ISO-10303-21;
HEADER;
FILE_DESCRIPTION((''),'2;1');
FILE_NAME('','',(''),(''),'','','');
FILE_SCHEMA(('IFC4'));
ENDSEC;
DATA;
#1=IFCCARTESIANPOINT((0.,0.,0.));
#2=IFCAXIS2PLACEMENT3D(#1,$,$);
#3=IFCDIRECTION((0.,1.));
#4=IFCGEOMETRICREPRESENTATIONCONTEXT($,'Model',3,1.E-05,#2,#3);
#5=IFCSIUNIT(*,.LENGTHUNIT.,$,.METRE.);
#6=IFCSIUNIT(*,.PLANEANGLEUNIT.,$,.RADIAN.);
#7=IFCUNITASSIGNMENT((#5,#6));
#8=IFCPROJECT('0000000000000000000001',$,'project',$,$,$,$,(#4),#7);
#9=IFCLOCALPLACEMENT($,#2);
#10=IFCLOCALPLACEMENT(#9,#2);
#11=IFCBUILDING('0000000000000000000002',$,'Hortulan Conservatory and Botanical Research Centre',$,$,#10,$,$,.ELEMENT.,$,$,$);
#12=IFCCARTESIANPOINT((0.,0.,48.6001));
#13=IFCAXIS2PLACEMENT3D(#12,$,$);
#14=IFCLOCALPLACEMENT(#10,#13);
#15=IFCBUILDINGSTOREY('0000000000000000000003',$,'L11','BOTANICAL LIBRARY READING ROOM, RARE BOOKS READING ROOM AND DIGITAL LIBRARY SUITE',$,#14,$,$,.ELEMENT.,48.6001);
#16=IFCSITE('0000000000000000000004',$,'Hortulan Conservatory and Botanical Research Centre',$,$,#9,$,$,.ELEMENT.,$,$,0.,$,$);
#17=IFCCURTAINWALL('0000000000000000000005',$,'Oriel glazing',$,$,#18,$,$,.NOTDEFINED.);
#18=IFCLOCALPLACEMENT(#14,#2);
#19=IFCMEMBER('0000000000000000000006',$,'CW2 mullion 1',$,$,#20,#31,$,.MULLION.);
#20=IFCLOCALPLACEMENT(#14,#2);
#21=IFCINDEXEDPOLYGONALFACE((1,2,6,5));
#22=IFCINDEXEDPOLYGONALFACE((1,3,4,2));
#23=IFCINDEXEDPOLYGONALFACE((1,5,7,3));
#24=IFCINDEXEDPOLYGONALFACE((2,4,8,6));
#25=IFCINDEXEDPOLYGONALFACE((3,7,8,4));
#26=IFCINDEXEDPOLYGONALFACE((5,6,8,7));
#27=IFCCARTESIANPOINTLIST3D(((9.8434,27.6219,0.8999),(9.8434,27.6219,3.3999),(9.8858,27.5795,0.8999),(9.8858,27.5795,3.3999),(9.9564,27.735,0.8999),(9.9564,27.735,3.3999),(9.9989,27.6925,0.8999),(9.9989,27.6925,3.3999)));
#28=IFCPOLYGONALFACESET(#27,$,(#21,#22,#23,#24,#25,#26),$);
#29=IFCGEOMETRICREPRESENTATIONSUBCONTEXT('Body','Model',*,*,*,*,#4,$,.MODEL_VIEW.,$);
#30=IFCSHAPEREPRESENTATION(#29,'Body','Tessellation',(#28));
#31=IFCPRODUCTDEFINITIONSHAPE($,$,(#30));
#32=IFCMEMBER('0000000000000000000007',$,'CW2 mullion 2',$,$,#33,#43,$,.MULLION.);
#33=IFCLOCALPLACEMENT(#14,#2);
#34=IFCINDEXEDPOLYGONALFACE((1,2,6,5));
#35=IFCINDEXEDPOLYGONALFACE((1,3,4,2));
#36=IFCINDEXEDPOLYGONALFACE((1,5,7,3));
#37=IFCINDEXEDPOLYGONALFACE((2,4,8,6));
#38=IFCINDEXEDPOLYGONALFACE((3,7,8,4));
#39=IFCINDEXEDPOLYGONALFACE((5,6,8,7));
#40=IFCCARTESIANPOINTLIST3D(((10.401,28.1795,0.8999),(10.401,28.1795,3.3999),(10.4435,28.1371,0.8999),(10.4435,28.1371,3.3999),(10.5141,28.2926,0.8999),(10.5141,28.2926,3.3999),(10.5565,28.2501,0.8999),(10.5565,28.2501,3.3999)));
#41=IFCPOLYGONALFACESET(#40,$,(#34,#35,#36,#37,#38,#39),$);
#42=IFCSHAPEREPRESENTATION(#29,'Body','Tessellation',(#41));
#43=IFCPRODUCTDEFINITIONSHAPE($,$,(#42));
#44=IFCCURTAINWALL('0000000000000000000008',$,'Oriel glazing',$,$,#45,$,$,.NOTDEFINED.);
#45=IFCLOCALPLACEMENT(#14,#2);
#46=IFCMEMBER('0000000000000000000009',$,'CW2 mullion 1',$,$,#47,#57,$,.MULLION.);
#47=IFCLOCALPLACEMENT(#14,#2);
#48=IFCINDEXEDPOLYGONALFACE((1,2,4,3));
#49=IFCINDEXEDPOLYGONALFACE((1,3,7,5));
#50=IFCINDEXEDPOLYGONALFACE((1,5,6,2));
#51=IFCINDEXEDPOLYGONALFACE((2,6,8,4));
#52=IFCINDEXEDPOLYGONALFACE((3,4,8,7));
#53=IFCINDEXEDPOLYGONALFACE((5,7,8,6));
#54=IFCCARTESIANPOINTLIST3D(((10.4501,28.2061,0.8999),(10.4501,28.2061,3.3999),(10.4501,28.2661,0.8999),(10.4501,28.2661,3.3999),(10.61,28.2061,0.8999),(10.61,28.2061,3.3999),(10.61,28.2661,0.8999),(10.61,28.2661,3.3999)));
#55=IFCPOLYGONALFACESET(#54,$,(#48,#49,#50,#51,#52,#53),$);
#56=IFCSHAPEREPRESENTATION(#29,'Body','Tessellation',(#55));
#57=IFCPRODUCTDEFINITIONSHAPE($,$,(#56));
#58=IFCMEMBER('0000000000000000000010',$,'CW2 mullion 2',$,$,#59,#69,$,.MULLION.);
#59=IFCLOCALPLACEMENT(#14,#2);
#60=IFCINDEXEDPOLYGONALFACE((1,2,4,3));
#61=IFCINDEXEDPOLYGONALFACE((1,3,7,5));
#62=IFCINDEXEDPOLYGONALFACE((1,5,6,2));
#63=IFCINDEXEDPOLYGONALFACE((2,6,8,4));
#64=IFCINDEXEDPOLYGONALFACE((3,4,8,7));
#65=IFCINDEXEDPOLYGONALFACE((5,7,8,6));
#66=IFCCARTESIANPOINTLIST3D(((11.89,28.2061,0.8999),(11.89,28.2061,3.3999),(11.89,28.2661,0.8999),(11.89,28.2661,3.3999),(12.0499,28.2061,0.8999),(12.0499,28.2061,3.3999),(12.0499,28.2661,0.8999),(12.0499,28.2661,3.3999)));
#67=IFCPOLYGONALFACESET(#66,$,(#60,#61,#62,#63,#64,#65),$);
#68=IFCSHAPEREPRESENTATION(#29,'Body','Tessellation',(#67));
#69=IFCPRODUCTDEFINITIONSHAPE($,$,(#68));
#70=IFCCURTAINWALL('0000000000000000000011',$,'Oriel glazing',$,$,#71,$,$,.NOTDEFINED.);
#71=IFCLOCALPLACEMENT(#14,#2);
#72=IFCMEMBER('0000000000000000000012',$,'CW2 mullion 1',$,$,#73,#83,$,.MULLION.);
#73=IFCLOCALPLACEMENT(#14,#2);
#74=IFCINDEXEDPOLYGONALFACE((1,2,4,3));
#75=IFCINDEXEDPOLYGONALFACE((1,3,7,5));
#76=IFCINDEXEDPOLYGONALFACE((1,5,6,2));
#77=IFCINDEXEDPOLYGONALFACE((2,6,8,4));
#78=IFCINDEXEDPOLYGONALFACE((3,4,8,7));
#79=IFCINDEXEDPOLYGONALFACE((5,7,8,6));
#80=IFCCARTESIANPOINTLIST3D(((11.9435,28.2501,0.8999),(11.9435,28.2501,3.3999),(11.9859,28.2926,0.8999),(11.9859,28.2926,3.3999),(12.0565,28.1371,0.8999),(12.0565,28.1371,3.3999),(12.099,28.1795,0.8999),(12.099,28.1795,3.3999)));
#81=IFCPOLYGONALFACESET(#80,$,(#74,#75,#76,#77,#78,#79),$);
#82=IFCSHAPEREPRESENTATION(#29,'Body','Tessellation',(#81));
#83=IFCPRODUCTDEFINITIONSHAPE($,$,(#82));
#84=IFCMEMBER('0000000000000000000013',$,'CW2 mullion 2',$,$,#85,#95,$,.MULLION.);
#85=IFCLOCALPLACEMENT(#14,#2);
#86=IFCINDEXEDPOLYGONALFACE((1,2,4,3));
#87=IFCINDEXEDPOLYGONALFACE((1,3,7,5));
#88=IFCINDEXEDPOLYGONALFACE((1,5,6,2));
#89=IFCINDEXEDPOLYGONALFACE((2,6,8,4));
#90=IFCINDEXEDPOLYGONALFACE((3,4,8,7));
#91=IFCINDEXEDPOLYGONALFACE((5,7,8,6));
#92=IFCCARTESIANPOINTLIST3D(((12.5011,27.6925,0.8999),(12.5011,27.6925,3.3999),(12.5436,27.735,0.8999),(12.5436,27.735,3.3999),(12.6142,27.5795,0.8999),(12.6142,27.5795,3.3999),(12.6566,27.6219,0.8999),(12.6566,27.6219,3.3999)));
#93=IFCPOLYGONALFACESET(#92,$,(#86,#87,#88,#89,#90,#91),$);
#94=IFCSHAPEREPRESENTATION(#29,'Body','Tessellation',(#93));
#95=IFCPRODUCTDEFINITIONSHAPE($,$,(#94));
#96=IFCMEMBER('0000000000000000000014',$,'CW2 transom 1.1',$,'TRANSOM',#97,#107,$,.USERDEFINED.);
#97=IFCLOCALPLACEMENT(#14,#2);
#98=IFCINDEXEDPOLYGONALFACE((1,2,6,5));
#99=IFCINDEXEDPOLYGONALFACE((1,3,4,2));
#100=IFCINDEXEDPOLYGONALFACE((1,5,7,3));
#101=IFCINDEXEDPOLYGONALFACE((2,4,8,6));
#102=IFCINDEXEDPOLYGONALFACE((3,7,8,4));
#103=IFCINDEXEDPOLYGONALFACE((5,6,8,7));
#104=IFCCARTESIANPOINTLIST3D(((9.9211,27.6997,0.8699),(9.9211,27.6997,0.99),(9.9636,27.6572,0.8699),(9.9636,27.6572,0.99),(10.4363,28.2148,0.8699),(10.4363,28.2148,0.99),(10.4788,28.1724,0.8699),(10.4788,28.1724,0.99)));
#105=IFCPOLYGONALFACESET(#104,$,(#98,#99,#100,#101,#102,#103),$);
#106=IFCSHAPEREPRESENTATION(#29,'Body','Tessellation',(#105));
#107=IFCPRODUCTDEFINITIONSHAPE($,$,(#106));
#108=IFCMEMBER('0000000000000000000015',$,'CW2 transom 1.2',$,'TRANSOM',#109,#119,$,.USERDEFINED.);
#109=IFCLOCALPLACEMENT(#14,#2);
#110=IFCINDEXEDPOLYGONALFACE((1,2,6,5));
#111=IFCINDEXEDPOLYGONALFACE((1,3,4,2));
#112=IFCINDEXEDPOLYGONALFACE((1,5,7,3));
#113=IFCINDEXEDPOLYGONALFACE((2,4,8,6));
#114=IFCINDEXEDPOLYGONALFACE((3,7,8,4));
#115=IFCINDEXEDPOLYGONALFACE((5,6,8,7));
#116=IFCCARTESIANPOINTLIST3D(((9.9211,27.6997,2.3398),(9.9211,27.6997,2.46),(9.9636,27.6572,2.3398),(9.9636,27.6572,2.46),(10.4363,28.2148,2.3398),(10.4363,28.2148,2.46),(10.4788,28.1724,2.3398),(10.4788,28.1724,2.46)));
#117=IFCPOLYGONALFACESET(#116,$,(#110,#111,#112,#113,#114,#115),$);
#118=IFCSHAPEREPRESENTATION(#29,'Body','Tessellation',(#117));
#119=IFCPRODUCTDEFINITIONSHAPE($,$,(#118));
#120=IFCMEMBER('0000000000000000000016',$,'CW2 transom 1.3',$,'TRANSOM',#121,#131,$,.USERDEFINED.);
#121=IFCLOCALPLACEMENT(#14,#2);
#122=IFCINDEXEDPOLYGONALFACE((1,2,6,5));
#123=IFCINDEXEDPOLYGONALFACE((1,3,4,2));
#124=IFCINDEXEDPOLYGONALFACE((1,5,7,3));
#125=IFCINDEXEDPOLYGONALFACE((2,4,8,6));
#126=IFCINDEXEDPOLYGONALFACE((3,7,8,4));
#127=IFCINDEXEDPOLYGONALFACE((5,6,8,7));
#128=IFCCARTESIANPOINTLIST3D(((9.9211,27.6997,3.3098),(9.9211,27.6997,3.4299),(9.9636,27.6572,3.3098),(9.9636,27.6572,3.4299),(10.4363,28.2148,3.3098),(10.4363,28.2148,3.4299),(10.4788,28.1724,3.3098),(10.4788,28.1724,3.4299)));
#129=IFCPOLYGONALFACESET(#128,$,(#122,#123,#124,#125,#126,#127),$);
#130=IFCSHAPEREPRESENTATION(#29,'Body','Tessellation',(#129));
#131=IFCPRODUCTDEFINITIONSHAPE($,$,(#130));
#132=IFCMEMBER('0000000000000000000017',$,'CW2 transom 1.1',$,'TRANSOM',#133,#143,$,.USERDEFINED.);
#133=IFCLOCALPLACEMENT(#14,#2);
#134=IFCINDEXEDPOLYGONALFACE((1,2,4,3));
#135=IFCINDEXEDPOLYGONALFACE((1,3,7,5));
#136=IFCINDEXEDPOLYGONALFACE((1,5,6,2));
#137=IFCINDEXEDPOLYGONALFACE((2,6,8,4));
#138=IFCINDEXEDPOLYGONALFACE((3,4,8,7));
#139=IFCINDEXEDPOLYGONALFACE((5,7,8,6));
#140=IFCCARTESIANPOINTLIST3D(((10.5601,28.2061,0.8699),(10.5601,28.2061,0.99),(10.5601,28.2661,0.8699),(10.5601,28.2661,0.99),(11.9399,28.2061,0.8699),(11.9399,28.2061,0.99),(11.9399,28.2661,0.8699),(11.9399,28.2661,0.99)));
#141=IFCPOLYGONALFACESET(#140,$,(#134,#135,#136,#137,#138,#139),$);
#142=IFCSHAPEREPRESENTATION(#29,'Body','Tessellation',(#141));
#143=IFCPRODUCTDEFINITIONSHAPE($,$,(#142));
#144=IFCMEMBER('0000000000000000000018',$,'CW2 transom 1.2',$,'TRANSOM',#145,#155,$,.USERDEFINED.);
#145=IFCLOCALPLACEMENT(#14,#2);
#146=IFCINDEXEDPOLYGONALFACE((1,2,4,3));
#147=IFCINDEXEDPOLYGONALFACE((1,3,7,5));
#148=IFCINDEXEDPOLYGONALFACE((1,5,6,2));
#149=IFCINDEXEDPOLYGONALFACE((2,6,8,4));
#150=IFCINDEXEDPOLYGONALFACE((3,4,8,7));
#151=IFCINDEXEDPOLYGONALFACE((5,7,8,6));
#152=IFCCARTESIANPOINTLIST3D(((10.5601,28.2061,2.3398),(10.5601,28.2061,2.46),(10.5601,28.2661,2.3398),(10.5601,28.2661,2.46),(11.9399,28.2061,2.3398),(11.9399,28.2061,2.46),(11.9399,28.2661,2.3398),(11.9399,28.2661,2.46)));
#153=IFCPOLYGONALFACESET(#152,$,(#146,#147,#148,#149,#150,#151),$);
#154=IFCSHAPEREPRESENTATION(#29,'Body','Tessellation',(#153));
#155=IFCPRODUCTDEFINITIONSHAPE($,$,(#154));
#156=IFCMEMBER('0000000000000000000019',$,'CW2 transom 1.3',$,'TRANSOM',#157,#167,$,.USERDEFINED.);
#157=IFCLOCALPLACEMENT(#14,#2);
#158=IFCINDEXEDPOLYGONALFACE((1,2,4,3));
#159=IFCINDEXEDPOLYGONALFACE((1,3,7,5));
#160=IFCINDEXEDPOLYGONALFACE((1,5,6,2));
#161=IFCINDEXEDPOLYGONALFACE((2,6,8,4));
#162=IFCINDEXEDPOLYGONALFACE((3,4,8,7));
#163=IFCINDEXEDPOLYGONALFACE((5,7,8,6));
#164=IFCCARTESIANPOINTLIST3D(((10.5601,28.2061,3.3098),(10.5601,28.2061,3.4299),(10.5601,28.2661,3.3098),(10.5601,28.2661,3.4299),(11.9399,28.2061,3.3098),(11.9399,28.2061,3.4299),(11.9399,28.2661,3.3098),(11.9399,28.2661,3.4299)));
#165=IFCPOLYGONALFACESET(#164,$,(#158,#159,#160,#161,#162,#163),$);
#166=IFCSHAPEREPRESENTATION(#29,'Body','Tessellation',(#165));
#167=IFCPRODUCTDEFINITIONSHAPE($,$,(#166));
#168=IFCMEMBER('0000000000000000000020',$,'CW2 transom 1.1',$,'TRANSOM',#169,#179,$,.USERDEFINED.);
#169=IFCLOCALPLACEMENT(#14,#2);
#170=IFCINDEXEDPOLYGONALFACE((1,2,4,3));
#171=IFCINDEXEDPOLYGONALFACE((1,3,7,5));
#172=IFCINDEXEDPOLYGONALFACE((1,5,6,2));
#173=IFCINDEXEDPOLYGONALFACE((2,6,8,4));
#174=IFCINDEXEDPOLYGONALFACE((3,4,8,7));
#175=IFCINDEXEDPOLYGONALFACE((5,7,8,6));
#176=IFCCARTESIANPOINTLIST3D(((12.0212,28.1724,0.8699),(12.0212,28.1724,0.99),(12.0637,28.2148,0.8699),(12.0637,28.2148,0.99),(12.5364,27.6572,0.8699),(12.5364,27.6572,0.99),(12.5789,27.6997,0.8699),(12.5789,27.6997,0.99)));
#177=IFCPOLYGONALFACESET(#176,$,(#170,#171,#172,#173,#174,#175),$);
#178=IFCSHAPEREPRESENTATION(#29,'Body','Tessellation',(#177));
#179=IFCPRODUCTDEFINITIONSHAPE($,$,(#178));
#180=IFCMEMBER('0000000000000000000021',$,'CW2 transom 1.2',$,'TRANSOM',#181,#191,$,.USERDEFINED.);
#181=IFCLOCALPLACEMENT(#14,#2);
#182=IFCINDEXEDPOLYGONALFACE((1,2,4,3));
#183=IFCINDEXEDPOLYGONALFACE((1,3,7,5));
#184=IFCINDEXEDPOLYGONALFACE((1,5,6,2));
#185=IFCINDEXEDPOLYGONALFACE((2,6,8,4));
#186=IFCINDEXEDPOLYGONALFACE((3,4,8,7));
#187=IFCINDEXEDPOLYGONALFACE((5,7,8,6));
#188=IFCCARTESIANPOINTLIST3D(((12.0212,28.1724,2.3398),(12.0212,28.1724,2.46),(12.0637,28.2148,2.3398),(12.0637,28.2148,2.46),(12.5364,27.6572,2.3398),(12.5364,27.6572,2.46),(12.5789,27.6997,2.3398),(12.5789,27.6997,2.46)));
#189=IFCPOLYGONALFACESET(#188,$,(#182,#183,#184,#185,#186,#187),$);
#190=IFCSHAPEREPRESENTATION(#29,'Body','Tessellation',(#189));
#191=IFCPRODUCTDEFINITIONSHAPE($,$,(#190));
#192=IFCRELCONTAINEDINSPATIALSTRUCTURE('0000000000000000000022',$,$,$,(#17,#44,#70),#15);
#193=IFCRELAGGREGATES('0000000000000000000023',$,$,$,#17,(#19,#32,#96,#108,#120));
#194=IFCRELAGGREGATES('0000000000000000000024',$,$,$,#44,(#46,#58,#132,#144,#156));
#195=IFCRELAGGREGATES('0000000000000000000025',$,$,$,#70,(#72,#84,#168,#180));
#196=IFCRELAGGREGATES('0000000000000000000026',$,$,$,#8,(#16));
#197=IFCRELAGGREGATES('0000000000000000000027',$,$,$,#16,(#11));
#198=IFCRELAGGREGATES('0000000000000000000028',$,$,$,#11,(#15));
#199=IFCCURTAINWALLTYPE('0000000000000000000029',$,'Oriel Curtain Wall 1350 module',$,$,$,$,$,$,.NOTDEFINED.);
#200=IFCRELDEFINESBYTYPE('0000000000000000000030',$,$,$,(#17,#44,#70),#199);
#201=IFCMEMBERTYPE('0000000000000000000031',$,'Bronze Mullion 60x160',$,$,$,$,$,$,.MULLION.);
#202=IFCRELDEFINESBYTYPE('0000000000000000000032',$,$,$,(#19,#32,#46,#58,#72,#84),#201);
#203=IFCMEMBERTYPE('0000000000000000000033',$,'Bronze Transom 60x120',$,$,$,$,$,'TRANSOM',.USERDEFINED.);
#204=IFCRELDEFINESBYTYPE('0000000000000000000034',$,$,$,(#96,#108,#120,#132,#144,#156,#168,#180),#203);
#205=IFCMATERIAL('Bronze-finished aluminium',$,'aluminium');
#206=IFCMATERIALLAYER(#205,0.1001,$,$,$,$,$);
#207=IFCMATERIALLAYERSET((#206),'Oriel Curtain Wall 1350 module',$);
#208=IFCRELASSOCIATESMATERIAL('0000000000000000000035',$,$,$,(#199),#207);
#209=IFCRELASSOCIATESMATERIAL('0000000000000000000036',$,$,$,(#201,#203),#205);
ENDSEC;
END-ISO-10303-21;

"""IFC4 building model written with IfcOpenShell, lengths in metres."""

from ifc_helpers import new_model, si_unit, direction, frame, origin, origin_2d, place, context, subcontext, project, spatial, rectangle, extrude, material, layer, layer_set, material_profile, profile_set, type_object, element, aggregate, save


model = new_model("IFC4")

# Units and contexts
model_context = context("Model", 3, precision=1e-05, world=origin(), true_north=direction((0.0, 1.0)))
body_context = subcontext(model_context, "Body", "Model", "MODEL_VIEW")
ifc_project = project(units=[si_unit("LENGTHUNIT", "METRE"), si_unit("PLANEANGLEUNIT", "RADIAN")], contexts=[model_context])

# Site, building, storey
site_placement = place(None, origin())
site = spatial("IfcSite", under=ifc_project, at=site_placement, Name="Hortulan Conservatory and Botanical Research Centre", CompositionType="ELEMENT", RefElevation=0.0)
building_placement = place(site_placement, origin())
building = spatial("IfcBuilding", under=site, at=building_placement, Name="Hortulan Conservatory and Botanical Research Centre", CompositionType="ELEMENT")
storey_placement = place(building_placement, frame((0.0, 0.0, 48.6001)))
storey = spatial("IfcBuildingStorey", under=building, at=storey_placement, Name="L11", Description="BOTANICAL LIBRARY READING ROOM, RARE BOOKS READING ROOM AND DIGITAL LIBRARY SUITE", CompositionType="ELEMENT", Elevation=48.6001)

# Curtain walls, members
ifc_material_1 = material(Name="Bronze-finished aluminium", Category="aluminium")
ifc_layer_1 = layer(ifc_material_1, 0.1001)
ifc_layer_set_1 = layer_set([ifc_layer_1], Name="Oriel Curtain Wall 1350 module")
curtain_wall_type = type_object("IfcCurtainWallType", Name="Oriel Curtain Wall 1350 module", PredefinedType="NOTDEFINED", material=ifc_layer_set_1)
curtain_wall_1_placement = place(storey_placement, origin())
curtain_wall_1 = element("IfcCurtainWall", 1, at=curtain_wall_1_placement, inside=storey, type_object=curtain_wall_type, Name="Oriel glazing", PredefinedType="NOTDEFINED")
ifc_material_profile_1 = material_profile(ifc_material_1, rectangle(XDim=0.0601, YDim=0.1599, at=origin_2d()), Name="Bronze Mullion 60x160")
ifc_profile_set_1 = profile_set([ifc_material_profile_1], Name="Bronze-finished aluminium")
member_type_1 = type_object("IfcMemberType", Name="Bronze Mullion 60x160", PredefinedType="MULLION", material=ifc_profile_set_1)
member_1_placement = place(storey_placement, frame((9.9211, 27.6572, 0.8999), z_axis=(0.0, 0.0, 1.0), x_axis=(-0.707107, 0.707107, 0.0)))
member_1 = element("IfcMember", 2, at=member_1_placement, type_object=member_type_1, Name="CW2 mullion 1", PredefinedType="MULLION", context=body_context, shape_type="SweptSolid", body=[
    extrude(rectangle(XDim=0.0601, YDim=0.1599, at=origin_2d()), origin(), (0.0, 0.0, 1.0), 2.5),
])
member_2_placement = place(storey_placement, frame((10.4788, 28.2148, 0.8999), z_axis=(0.0, 0.0, 1.0), x_axis=(-0.707107, 0.707107, 0.0)))
member_2 = element("IfcMember", 3, at=member_2_placement, type_object=member_type_1, Name="CW2 mullion 2", PredefinedType="MULLION", context=body_context, shape_type="SweptSolid", body=[
    extrude(rectangle(XDim=0.0601, YDim=0.1599, at=origin_2d()), origin(), (0.0, 0.0, 1.0), 2.5),
])
curtain_wall_2_placement = place(storey_placement, origin())
curtain_wall_2 = element("IfcCurtainWall", 4, at=curtain_wall_2_placement, inside=storey, type_object=curtain_wall_type, Name="Oriel glazing", PredefinedType="NOTDEFINED")
member_3_placement = place(storey_placement, frame((10.53, 28.2361, 0.8999), z_axis=(0.0, 0.0, 1.0), x_axis=(0.0, 1.0, 0.0)))
member_3 = element("IfcMember", 5, at=member_3_placement, type_object=member_type_1, Name="CW2 mullion 1", PredefinedType="MULLION", context=body_context, shape_type="SweptSolid", body=[
    extrude(rectangle(XDim=0.0601, YDim=0.1599, at=origin_2d()), origin(), (0.0, 0.0, 1.0), 2.5),
])
member_4_placement = place(storey_placement, frame((11.97, 28.2361, 0.8999), z_axis=(0.0, 0.0, 1.0), x_axis=(0.0, 1.0, 0.0)))
member_4 = element("IfcMember", 6, at=member_4_placement, type_object=member_type_1, Name="CW2 mullion 2", PredefinedType="MULLION", context=body_context, shape_type="SweptSolid", body=[
    extrude(rectangle(XDim=0.0601, YDim=0.1599, at=origin_2d()), origin(), (0.0, 0.0, 1.0), 2.5),
])
curtain_wall_3_placement = place(storey_placement, origin())
curtain_wall_3 = element("IfcCurtainWall", 7, at=curtain_wall_3_placement, inside=storey, type_object=curtain_wall_type, Name="Oriel glazing", PredefinedType="NOTDEFINED")
member_5_placement = place(storey_placement, frame((12.0212, 28.2148, 0.8999), z_axis=(0.0, 0.0, 1.0), x_axis=(0.707107, 0.707107, 0.0)))
member_5 = element("IfcMember", 8, at=member_5_placement, type_object=member_type_1, Name="CW2 mullion 1", PredefinedType="MULLION", context=body_context, shape_type="SweptSolid", body=[
    extrude(rectangle(XDim=0.0601, YDim=0.1599, at=origin_2d()), origin(), (0.0, 0.0, 1.0), 2.5),
])
member_6_placement = place(storey_placement, frame((12.5789, 27.6572, 0.8999), z_axis=(0.0, 0.0, 1.0), x_axis=(0.707107, 0.707107, 0.0)))
member_6 = element("IfcMember", 9, at=member_6_placement, type_object=member_type_1, Name="CW2 mullion 2", PredefinedType="MULLION", context=body_context, shape_type="SweptSolid", body=[
    extrude(rectangle(XDim=0.0601, YDim=0.1599, at=origin_2d()), origin(), (0.0, 0.0, 1.0), 2.5),
])

# Members
ifc_material_profile_2 = material_profile(ifc_material_1, rectangle(XDim=0.0601, YDim=0.1201, at=origin_2d()), Name="Bronze Transom 60x120")
ifc_profile_set_2 = profile_set([ifc_material_profile_2], Name="Bronze-finished aluminium")
member_type_2 = type_object("IfcMemberType", Name="Bronze Transom 60x120", ElementType="TRANSOM", PredefinedType="USERDEFINED", material=ifc_profile_set_2)
member_7_placement = place(storey_placement, frame((9.9424, 27.6785, 0.9299), z_axis=(0.707107, 0.707107, 0.0), x_axis=(-0.707107, 0.707107, 0.0)))
member_7 = element("IfcMember", 10, at=member_7_placement, type_object=member_type_2, Name="CW2 transom 1.1", ObjectType="TRANSOM", PredefinedType="USERDEFINED", context=body_context, shape_type="SweptSolid", body=[
    extrude(rectangle(XDim=0.0601, YDim=0.1201, at=origin_2d()), origin(), (0.0, 0.0, 1.0), 0.7285),
])
member_8_placement = place(storey_placement, frame((9.9424, 27.6785, 2.3999), z_axis=(0.707107, 0.707107, 0.0), x_axis=(-0.707107, 0.707107, 0.0)))
member_8 = element("IfcMember", 11, at=member_8_placement, type_object=member_type_2, Name="CW2 transom 1.2", ObjectType="TRANSOM", PredefinedType="USERDEFINED", context=body_context, shape_type="SweptSolid", body=[
    extrude(rectangle(XDim=0.0601, YDim=0.1201, at=origin_2d()), origin(), (0.0, 0.0, 1.0), 0.7285),
])
member_9_placement = place(storey_placement, frame((9.9424, 27.6785, 3.3699), z_axis=(0.707107, 0.707107, 0.0), x_axis=(-0.707107, 0.707107, 0.0)))
member_9 = element("IfcMember", 12, at=member_9_placement, type_object=member_type_2, Name="CW2 transom 1.3", ObjectType="TRANSOM", PredefinedType="USERDEFINED", context=body_context, shape_type="SweptSolid", body=[
    extrude(rectangle(XDim=0.0601, YDim=0.1201, at=origin_2d()), origin(), (0.0, 0.0, 1.0), 0.7285),
])
member_10_placement = place(storey_placement, frame((10.5601, 28.2361, 0.9299), z_axis=(1.0, 0.0, 0.0), x_axis=(0.0, 1.0, 0.0)))
member_10 = element("IfcMember", 13, at=member_10_placement, type_object=member_type_2, Name="CW2 transom 1.1", ObjectType="TRANSOM", PredefinedType="USERDEFINED", context=body_context, shape_type="SweptSolid", body=[
    extrude(rectangle(XDim=0.0601, YDim=0.1201, at=origin_2d()), origin(), (0.0, 0.0, 1.0), 1.3799),
])
member_11_placement = place(storey_placement, frame((10.5601, 28.2361, 2.3999), z_axis=(1.0, 0.0, 0.0), x_axis=(0.0, 1.0, 0.0)))
member_11 = element("IfcMember", 14, at=member_11_placement, type_object=member_type_2, Name="CW2 transom 1.2", ObjectType="TRANSOM", PredefinedType="USERDEFINED", context=body_context, shape_type="SweptSolid", body=[
    extrude(rectangle(XDim=0.0601, YDim=0.1201, at=origin_2d()), origin(), (0.0, 0.0, 1.0), 1.3799),
])
member_12_placement = place(storey_placement, frame((10.5601, 28.2361, 3.3699), z_axis=(1.0, 0.0, 0.0), x_axis=(0.0, 1.0, 0.0)))
member_12 = element("IfcMember", 15, at=member_12_placement, type_object=member_type_2, Name="CW2 transom 1.3", ObjectType="TRANSOM", PredefinedType="USERDEFINED", context=body_context, shape_type="SweptSolid", body=[
    extrude(rectangle(XDim=0.0601, YDim=0.1201, at=origin_2d()), origin(), (0.0, 0.0, 1.0), 1.3799),
])
member_13_placement = place(storey_placement, frame((12.0425, 28.1936, 0.9299), z_axis=(0.707107, -0.707107, 0.0), x_axis=(0.707107, 0.707107, 0.0)))
member_13 = element("IfcMember", 16, at=member_13_placement, type_object=member_type_2, Name="CW2 transom 1.1", ObjectType="TRANSOM", PredefinedType="USERDEFINED", context=body_context, shape_type="SweptSolid", body=[
    extrude(rectangle(XDim=0.0601, YDim=0.1201, at=origin_2d()), origin(), (0.0, 0.0, 1.0), 0.7285),
])
member_14_placement = place(storey_placement, frame((12.0425, 28.1936, 2.3999), z_axis=(0.707107, -0.707107, 0.0), x_axis=(0.707107, 0.707107, 0.0)))
member_14 = element("IfcMember", 17, at=member_14_placement, type_object=member_type_2, Name="CW2 transom 1.2", ObjectType="TRANSOM", PredefinedType="USERDEFINED", context=body_context, shape_type="SweptSolid", body=[
    extrude(rectangle(XDim=0.0601, YDim=0.1201, at=origin_2d()), origin(), (0.0, 0.0, 1.0), 0.7285),
])

aggregate(curtain_wall_1, [member_1, member_2, member_7, member_8, member_9])
aggregate(curtain_wall_2, [member_3, member_4, member_10, member_11, member_12])
aggregate(curtain_wall_3, [member_5, member_6, member_13, member_14])

save(model, "model.ifc")
